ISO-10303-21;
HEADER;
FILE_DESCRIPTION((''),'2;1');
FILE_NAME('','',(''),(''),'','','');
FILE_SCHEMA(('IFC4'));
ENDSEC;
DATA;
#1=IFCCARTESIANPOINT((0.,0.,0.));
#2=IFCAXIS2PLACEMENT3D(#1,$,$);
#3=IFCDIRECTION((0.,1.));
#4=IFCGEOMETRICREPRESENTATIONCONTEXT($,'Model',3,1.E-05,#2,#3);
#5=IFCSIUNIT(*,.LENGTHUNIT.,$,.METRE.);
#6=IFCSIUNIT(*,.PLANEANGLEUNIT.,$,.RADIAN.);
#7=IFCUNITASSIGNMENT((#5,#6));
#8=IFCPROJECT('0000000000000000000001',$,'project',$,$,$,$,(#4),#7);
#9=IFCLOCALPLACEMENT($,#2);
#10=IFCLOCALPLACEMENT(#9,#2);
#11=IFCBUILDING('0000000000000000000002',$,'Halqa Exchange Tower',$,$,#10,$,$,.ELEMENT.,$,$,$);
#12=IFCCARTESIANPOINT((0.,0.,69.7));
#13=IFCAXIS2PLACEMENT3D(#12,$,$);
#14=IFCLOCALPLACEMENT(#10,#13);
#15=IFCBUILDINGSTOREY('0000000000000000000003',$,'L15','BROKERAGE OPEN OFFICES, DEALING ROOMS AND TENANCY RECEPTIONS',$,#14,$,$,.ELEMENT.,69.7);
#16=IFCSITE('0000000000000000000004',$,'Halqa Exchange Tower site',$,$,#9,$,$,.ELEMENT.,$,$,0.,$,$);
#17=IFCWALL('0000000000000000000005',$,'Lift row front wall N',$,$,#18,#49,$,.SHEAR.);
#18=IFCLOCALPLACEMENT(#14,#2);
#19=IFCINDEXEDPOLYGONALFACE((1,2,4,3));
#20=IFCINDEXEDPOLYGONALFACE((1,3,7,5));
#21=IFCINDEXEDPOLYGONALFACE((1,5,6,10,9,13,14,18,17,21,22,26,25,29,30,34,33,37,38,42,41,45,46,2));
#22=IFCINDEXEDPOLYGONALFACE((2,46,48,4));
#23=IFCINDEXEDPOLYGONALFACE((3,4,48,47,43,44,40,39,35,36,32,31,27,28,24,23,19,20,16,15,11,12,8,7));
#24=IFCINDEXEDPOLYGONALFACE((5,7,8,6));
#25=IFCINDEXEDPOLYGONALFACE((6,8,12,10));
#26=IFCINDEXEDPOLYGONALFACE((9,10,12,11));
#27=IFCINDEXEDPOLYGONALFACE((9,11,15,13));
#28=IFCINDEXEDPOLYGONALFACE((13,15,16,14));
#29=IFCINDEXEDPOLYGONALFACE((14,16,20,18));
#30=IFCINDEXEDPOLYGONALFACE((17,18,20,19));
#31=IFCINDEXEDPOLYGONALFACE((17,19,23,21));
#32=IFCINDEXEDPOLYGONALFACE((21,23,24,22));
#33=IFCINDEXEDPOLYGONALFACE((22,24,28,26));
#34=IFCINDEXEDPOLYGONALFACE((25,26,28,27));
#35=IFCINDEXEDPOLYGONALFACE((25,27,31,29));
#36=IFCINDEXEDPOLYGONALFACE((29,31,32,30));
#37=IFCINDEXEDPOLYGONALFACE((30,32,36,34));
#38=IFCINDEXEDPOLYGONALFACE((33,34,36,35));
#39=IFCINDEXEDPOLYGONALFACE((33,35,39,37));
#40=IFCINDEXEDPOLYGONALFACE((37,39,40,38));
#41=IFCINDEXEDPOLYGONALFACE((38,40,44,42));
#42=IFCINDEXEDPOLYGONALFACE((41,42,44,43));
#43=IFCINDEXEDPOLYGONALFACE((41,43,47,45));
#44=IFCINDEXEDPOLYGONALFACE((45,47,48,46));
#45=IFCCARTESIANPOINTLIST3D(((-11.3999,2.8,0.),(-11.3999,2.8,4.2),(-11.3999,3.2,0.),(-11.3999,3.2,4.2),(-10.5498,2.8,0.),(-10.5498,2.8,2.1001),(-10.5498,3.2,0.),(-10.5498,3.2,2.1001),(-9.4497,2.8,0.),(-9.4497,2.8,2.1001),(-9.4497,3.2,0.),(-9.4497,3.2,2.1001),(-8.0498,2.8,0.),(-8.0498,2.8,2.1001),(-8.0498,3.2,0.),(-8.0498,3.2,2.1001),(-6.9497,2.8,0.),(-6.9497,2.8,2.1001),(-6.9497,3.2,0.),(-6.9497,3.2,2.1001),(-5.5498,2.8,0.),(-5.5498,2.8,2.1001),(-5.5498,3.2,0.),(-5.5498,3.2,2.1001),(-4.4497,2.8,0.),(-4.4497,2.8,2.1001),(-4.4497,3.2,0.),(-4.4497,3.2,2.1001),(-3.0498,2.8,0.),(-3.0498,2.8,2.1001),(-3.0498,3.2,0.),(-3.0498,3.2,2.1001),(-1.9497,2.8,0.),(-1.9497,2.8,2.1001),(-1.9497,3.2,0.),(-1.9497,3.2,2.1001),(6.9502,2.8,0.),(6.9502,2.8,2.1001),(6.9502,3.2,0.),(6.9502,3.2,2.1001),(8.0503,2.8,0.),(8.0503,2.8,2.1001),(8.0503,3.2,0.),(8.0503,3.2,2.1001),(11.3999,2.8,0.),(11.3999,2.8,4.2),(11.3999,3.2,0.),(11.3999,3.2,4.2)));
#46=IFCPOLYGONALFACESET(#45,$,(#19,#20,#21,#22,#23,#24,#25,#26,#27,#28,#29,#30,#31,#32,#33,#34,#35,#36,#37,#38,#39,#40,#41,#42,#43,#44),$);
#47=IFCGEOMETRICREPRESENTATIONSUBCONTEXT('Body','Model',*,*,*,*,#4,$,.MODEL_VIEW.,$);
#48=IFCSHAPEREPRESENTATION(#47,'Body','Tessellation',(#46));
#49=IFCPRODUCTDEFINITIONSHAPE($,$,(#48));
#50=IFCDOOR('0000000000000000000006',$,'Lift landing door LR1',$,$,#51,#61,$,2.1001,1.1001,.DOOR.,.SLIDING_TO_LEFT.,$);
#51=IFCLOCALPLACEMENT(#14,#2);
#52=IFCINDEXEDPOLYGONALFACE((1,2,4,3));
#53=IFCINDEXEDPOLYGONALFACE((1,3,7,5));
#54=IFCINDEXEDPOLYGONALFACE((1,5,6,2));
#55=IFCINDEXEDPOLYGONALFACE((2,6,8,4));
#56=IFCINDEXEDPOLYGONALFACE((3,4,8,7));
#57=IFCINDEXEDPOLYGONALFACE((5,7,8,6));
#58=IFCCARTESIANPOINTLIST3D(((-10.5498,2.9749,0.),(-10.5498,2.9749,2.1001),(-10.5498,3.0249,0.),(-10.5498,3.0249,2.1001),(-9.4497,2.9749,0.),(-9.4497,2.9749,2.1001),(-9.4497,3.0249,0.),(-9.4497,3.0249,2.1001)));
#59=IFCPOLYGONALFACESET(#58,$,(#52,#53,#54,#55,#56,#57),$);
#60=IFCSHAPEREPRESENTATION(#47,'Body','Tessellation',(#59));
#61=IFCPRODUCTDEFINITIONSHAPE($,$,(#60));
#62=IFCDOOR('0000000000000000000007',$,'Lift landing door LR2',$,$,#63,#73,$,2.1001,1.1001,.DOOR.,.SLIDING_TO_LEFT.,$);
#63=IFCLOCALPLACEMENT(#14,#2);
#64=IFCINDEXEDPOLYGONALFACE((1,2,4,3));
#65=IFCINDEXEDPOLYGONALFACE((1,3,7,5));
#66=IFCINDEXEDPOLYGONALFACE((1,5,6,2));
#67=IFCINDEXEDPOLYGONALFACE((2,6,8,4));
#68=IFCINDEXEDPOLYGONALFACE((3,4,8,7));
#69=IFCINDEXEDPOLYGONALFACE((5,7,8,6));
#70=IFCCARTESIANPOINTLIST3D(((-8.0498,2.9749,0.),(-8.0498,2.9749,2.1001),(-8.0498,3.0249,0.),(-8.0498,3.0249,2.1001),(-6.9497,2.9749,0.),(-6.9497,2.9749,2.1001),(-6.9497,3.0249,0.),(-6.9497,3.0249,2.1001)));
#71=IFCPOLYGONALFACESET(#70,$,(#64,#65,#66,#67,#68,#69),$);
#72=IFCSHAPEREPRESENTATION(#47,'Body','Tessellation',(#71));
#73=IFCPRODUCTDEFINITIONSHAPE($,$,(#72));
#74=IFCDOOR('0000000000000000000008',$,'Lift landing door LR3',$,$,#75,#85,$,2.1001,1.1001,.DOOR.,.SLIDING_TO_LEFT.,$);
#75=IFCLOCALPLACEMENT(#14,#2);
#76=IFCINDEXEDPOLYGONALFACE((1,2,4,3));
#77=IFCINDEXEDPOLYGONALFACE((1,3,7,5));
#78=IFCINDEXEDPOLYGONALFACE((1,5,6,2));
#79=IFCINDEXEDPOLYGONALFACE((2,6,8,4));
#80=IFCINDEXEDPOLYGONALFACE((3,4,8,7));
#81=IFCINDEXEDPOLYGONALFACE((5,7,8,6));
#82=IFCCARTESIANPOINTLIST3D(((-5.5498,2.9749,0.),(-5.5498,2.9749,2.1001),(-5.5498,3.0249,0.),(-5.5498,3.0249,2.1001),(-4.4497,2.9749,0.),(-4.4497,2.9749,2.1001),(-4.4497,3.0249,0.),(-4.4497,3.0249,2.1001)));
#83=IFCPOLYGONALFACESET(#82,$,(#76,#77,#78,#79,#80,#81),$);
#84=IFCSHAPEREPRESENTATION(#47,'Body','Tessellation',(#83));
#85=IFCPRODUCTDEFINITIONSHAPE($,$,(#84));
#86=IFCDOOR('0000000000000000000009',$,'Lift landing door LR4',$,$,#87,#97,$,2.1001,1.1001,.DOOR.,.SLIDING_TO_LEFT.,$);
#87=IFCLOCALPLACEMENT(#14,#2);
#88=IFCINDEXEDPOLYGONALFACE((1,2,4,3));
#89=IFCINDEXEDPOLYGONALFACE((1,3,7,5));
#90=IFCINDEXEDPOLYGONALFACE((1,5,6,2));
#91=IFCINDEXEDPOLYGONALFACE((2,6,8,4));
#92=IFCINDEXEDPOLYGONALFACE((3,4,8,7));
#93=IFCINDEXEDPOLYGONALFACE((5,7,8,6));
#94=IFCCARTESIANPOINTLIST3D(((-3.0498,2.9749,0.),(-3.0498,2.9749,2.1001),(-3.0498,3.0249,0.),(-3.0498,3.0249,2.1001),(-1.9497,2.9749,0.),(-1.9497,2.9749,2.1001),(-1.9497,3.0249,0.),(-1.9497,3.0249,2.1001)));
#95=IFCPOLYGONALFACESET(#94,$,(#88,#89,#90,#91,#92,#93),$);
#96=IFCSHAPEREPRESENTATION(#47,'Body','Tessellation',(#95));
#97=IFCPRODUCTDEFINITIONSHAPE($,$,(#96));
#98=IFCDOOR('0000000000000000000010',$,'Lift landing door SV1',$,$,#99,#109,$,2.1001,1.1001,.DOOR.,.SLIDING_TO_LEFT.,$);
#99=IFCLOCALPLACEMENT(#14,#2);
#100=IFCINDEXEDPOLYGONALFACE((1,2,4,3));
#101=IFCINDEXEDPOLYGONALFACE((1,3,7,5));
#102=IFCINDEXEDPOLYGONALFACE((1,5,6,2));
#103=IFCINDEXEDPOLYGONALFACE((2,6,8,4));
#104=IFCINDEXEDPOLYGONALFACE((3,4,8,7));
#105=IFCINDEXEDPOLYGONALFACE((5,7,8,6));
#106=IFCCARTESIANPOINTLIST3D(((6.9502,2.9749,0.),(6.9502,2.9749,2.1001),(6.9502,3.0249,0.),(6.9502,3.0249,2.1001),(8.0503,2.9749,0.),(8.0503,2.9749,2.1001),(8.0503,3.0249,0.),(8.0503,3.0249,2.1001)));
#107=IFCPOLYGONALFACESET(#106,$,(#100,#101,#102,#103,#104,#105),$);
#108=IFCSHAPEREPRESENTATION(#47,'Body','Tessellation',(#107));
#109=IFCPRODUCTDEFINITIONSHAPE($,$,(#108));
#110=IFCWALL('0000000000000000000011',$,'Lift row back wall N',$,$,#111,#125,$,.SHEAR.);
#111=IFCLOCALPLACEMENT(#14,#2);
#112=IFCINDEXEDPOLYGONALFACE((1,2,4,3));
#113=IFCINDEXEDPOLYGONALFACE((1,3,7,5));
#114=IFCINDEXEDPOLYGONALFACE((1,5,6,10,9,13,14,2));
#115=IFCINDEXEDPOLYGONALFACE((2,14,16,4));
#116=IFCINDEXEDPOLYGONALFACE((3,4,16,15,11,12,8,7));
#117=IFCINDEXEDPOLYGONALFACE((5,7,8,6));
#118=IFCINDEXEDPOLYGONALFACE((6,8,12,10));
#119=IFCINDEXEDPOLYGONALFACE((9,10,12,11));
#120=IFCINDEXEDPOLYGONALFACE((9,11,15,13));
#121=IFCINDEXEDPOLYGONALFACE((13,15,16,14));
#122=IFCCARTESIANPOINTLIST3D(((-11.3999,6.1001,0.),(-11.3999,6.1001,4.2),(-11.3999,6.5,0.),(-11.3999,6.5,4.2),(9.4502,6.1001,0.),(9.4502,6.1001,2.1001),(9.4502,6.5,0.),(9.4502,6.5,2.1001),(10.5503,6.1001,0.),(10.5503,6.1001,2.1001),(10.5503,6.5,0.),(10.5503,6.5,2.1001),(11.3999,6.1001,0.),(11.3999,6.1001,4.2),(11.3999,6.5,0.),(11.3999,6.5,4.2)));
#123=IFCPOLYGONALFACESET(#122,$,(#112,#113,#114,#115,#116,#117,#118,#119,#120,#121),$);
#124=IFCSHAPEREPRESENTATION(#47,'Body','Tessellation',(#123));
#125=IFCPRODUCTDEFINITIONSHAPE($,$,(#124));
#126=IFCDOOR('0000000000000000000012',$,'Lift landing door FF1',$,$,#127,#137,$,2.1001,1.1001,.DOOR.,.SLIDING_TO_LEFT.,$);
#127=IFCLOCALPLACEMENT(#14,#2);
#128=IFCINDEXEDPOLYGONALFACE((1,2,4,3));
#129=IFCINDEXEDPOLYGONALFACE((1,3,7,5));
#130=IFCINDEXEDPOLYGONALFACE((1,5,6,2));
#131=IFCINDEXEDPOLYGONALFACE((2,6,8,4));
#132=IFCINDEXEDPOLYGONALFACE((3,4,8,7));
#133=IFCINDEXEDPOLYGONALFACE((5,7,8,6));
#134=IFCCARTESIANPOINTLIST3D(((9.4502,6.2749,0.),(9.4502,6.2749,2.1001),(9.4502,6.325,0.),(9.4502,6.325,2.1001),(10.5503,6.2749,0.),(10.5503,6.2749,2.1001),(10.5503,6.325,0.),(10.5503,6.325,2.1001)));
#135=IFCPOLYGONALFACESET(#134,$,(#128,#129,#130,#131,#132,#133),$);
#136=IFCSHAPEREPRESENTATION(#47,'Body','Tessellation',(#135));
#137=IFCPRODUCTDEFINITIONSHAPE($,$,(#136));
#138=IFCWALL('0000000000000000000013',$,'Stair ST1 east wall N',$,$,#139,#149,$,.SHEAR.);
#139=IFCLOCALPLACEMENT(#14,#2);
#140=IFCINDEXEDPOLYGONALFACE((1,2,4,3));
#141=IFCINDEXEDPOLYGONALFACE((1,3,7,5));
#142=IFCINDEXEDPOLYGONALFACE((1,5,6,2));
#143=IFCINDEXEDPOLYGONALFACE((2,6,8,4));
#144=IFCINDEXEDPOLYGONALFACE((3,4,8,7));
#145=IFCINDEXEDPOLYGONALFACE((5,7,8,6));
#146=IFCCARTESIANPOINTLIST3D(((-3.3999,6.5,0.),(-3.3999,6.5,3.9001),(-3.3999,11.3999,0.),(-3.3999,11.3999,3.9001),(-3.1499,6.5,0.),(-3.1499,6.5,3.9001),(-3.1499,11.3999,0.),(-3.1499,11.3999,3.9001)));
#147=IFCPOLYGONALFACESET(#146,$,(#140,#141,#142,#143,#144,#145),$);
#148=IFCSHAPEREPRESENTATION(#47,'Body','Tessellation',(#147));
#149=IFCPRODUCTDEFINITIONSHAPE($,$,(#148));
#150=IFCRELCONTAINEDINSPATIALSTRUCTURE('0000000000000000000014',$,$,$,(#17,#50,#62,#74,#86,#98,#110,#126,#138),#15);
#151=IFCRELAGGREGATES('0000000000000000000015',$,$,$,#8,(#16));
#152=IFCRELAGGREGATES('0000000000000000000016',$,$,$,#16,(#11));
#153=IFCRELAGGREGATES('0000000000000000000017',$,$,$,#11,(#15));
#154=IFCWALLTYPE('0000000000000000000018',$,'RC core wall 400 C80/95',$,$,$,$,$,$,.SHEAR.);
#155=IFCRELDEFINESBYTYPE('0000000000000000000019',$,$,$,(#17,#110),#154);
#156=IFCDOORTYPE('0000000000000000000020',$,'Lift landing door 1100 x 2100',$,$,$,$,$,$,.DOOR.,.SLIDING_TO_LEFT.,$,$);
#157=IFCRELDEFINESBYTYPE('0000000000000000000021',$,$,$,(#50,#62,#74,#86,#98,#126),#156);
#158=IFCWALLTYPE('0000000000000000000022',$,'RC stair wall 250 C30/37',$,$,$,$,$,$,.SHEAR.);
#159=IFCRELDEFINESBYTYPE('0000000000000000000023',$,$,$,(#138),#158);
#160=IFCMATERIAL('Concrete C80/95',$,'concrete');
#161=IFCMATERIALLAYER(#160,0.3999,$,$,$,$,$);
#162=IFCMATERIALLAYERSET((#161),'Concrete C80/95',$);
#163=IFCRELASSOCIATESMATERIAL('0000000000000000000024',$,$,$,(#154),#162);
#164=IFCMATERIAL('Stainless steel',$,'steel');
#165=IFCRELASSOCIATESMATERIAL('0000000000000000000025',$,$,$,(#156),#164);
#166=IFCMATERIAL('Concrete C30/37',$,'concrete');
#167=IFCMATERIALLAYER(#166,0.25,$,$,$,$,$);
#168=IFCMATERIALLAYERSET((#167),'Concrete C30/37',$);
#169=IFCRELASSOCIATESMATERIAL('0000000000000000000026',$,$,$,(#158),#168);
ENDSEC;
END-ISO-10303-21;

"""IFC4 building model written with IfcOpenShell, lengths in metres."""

from ifc_helpers import new_model, si_unit, direction, frame, frame_2d, origin, place, context, subcontext, project, spatial, rectangle, extrude, material, layer, layer_set, type_object, element, fill, save


model = new_model("IFC4")

# Units and contexts
model_context = context("Model", 3, precision=1e-05, world=origin(), true_north=direction((0.0, 1.0)))
body_context = subcontext(model_context, "Body", "Model", "MODEL_VIEW")
ifc_project = project(units=[si_unit("LENGTHUNIT", "METRE"), si_unit("PLANEANGLEUNIT", "RADIAN")], contexts=[model_context])

# Site, building, storey
site_placement = place(None, origin())
site = spatial("IfcSite", under=ifc_project, at=site_placement, Name="Halqa Exchange Tower site", CompositionType="ELEMENT", RefElevation=0.0)
building_placement = place(site_placement, origin())
building = spatial("IfcBuilding", under=site, at=building_placement, Name="Halqa Exchange Tower", CompositionType="ELEMENT")
storey_placement = place(building_placement, frame((0.0, 0.0, 69.7)))
storey = spatial("IfcBuildingStorey", under=building, at=storey_placement, Name="L15", Description="BROKERAGE OPEN OFFICES, DEALING ROOMS AND TENANCY RECEPTIONS", CompositionType="ELEMENT", Elevation=69.7)

# Wall, openings, doors
ifc_material_1 = material(Name="Concrete C80/95", Category="concrete")
ifc_layer_1 = layer(ifc_material_1, 0.3999)
ifc_layer_set_1 = layer_set([ifc_layer_1], Name="Concrete C80/95")
wall_type_1 = type_object("IfcWallType", Name="RC core wall 400 C80/95", PredefinedType="SHEAR", material=ifc_layer_set_1)
wall_1_placement = place(storey_placement, frame((-11.3999, 3.0, 0.0), z_axis=(0.0, 0.0, 1.0), x_axis=(1.0, 0.0, 0.0)))
wall_1 = element("IfcWall", 1, at=wall_1_placement, inside=storey, type_object=wall_type_1, Name="Lift row front wall N", PredefinedType="SHEAR", context=body_context, shape_type="SweptSolid", body=[
    extrude(rectangle(XDim=22.7998, YDim=0.3999, at=frame_2d((11.3999, 0.0))), origin(), (0.0, 0.0, 1.0), 4.2),
])
opening_1_placement = place(wall_1_placement, frame((0.8501, 0.0, 0.0)))
opening_1 = element("IfcOpeningElement", 2, at=opening_1_placement, cuts=wall_1, PredefinedType="OPENING", context=body_context, shape_type="SweptSolid", body=[
    extrude(rectangle(XDim=1.1001, YDim=2.1001, at=frame_2d((0.55, 1.05))), frame((0.0, 0.2119, 0.0), z_axis=(0.0, -1.0, 0.0), x_axis=(1.0, 0.0, 0.0)), (0.0, 0.0, 1.0), 0.4238),
])
opening_2_placement = place(wall_1_placement, frame((3.3501, 0.0, 0.0)))
opening_2 = element("IfcOpeningElement", 3, at=opening_2_placement, cuts=wall_1, PredefinedType="OPENING", context=body_context, shape_type="SweptSolid", body=[
    extrude(rectangle(XDim=1.1001, YDim=2.1001, at=frame_2d((0.55, 1.05))), frame((0.0, 0.2119, 0.0), z_axis=(0.0, -1.0, 0.0), x_axis=(1.0, 0.0, 0.0)), (0.0, 0.0, 1.0), 0.4238),
])
opening_3_placement = place(wall_1_placement, frame((5.8501, 0.0, 0.0)))
opening_3 = element("IfcOpeningElement", 4, at=opening_3_placement, cuts=wall_1, PredefinedType="OPENING", context=body_context, shape_type="SweptSolid", body=[
    extrude(rectangle(XDim=1.1001, YDim=2.1001, at=frame_2d((0.55, 1.05))), frame((0.0, 0.2119, 0.0), z_axis=(0.0, -1.0, 0.0), x_axis=(1.0, 0.0, 0.0)), (0.0, 0.0, 1.0), 0.4238),
])
opening_4_placement = place(wall_1_placement, frame((8.3501, 0.0, 0.0)))
opening_4 = element("IfcOpeningElement", 5, at=opening_4_placement, cuts=wall_1, PredefinedType="OPENING", context=body_context, shape_type="SweptSolid", body=[
    extrude(rectangle(XDim=1.1001, YDim=2.1001, at=frame_2d((0.55, 1.05))), frame((0.0, 0.2119, 0.0), z_axis=(0.0, -1.0, 0.0), x_axis=(1.0, 0.0, 0.0)), (0.0, 0.0, 1.0), 0.4238),
])
opening_5_placement = place(wall_1_placement, frame((18.3501, 0.0, 0.0)))
opening_5 = element("IfcOpeningElement", 6, at=opening_5_placement, cuts=wall_1, PredefinedType="OPENING", context=body_context, shape_type="SweptSolid", body=[
    extrude(rectangle(XDim=1.1001, YDim=2.1001, at=frame_2d((0.55, 1.05))), frame((0.0, 0.2119, 0.0), z_axis=(0.0, -1.0, 0.0), x_axis=(1.0, 0.0, 0.0)), (0.0, 0.0, 1.0), 0.4238),
])
ifc_material_2 = material(Name="Stainless steel", Category="steel")
door_type = type_object("IfcDoorType", Name="Lift landing door 1100 x 2100", OperationType="SLIDING_TO_LEFT", PredefinedType="DOOR", material=ifc_material_2)
door_1_placement = place(opening_1_placement, origin())
door_1 = element("IfcDoor", 7, at=door_1_placement, inside=storey, type_object=door_type, Name="Lift landing door LR1", OperationType="SLIDING_TO_LEFT", OverallHeight=2.1001, OverallWidth=1.1001, PredefinedType="DOOR", context=body_context, shape_type="SweptSolid", body=[
    extrude(rectangle(XDim=1.1001, YDim=2.1001, at=frame_2d((0.55, 1.05))), frame((0.0, 0.0249, 0.0), z_axis=(0.0, -1.0, 0.0), x_axis=(1.0, 0.0, 0.0)), (0.0, 0.0, 1.0), 0.05),
])
fill(opening_1, door_1)
door_2_placement = place(opening_2_placement, origin())
door_2 = element("IfcDoor", 8, at=door_2_placement, inside=storey, type_object=door_type, Name="Lift landing door LR2", OperationType="SLIDING_TO_LEFT", OverallHeight=2.1001, OverallWidth=1.1001, PredefinedType="DOOR", context=body_context, shape_type="SweptSolid", body=[
    extrude(rectangle(XDim=1.1001, YDim=2.1001, at=frame_2d((0.55, 1.05))), frame((0.0, 0.0249, 0.0), z_axis=(0.0, -1.0, 0.0), x_axis=(1.0, 0.0, 0.0)), (0.0, 0.0, 1.0), 0.05),
])
fill(opening_2, door_2)
door_3_placement = place(opening_3_placement, origin())
door_3 = element("IfcDoor", 9, at=door_3_placement, inside=storey, type_object=door_type, Name="Lift landing door LR3", OperationType="SLIDING_TO_LEFT", OverallHeight=2.1001, OverallWidth=1.1001, PredefinedType="DOOR", context=body_context, shape_type="SweptSolid", body=[
    extrude(rectangle(XDim=1.1001, YDim=2.1001, at=frame_2d((0.55, 1.05))), frame((0.0, 0.0249, 0.0), z_axis=(0.0, -1.0, 0.0), x_axis=(1.0, 0.0, 0.0)), (0.0, 0.0, 1.0), 0.05),
])
fill(opening_3, door_3)
door_4_placement = place(opening_4_placement, origin())
door_4 = element("IfcDoor", 10, at=door_4_placement, inside=storey, type_object=door_type, Name="Lift landing door LR4", OperationType="SLIDING_TO_LEFT", OverallHeight=2.1001, OverallWidth=1.1001, PredefinedType="DOOR", context=body_context, shape_type="SweptSolid", body=[
    extrude(rectangle(XDim=1.1001, YDim=2.1001, at=frame_2d((0.55, 1.05))), frame((0.0, 0.0249, 0.0), z_axis=(0.0, -1.0, 0.0), x_axis=(1.0, 0.0, 0.0)), (0.0, 0.0, 1.0), 0.05),
])
fill(opening_4, door_4)
door_5_placement = place(opening_5_placement, origin())
door_5 = element("IfcDoor", 11, at=door_5_placement, inside=storey, type_object=door_type, Name="Lift landing door SV1", OperationType="SLIDING_TO_LEFT", OverallHeight=2.1001, OverallWidth=1.1001, PredefinedType="DOOR", context=body_context, shape_type="SweptSolid", body=[
    extrude(rectangle(XDim=1.1001, YDim=2.1001, at=frame_2d((0.55, 1.05))), frame((0.0, 0.0249, 0.0), z_axis=(0.0, -1.0, 0.0), x_axis=(1.0, 0.0, 0.0)), (0.0, 0.0, 1.0), 0.05),
])
fill(opening_5, door_5)

# Wall, opening, door
wall_2_placement = place(storey_placement, frame((-11.3999, 6.3, 0.0), z_axis=(0.0, 0.0, 1.0), x_axis=(1.0, 0.0, 0.0)))
wall_2 = element("IfcWall", 12, at=wall_2_placement, inside=storey, type_object=wall_type_1, Name="Lift row back wall N", PredefinedType="SHEAR", context=body_context, shape_type="SweptSolid", body=[
    extrude(rectangle(XDim=22.7998, YDim=0.3999, at=frame_2d((11.3999, 0.0))), origin(), (0.0, 0.0, 1.0), 4.2),
])
opening_6_placement = place(wall_2_placement, frame((20.8501, 0.0, 0.0)))
opening_6 = element("IfcOpeningElement", 13, at=opening_6_placement, cuts=wall_2, PredefinedType="OPENING", context=body_context, shape_type="SweptSolid", body=[
    extrude(rectangle(XDim=1.1001, YDim=2.1001, at=frame_2d((0.55, 1.05))), frame((0.0, 0.2119, 0.0), z_axis=(0.0, -1.0, 0.0), x_axis=(1.0, 0.0, 0.0)), (0.0, 0.0, 1.0), 0.4238),
])
door_6_placement = place(opening_6_placement, origin())
door_6 = element("IfcDoor", 14, at=door_6_placement, inside=storey, type_object=door_type, Name="Lift landing door FF1", OperationType="SLIDING_TO_LEFT", OverallHeight=2.1001, OverallWidth=1.1001, PredefinedType="DOOR", context=body_context, shape_type="SweptSolid", body=[
    extrude(rectangle(XDim=1.1001, YDim=2.1001, at=frame_2d((0.55, 1.05))), frame((0.0, 0.0249, 0.0), z_axis=(0.0, -1.0, 0.0), x_axis=(1.0, 0.0, 0.0)), (0.0, 0.0, 1.0), 0.05),
])
fill(opening_6, door_6)

# Wall
ifc_material_3 = material(Name="Concrete C30/37", Category="concrete")
ifc_layer_2 = layer(ifc_material_3, 0.25)
ifc_layer_set_2 = layer_set([ifc_layer_2], Name="Concrete C30/37")
wall_type_2 = type_object("IfcWallType", Name="RC stair wall 250 C30/37", PredefinedType="SHEAR", material=ifc_layer_set_2)
wall_3_placement = place(storey_placement, frame((-3.2749, 6.5, 0.0), z_axis=(0.0, 0.0, 1.0), x_axis=(0.0, 1.0, 0.0)))
element("IfcWall", 15, at=wall_3_placement, inside=storey, type_object=wall_type_2, Name="Stair ST1 east wall N", PredefinedType="SHEAR", context=body_context, shape_type="SweptSolid", body=[
    extrude(rectangle(XDim=4.8999, YDim=0.25, at=frame_2d((2.45, 0.0))), origin(), (0.0, 0.0, 1.0), 3.9001),
])

save(model, "model.ifc")
